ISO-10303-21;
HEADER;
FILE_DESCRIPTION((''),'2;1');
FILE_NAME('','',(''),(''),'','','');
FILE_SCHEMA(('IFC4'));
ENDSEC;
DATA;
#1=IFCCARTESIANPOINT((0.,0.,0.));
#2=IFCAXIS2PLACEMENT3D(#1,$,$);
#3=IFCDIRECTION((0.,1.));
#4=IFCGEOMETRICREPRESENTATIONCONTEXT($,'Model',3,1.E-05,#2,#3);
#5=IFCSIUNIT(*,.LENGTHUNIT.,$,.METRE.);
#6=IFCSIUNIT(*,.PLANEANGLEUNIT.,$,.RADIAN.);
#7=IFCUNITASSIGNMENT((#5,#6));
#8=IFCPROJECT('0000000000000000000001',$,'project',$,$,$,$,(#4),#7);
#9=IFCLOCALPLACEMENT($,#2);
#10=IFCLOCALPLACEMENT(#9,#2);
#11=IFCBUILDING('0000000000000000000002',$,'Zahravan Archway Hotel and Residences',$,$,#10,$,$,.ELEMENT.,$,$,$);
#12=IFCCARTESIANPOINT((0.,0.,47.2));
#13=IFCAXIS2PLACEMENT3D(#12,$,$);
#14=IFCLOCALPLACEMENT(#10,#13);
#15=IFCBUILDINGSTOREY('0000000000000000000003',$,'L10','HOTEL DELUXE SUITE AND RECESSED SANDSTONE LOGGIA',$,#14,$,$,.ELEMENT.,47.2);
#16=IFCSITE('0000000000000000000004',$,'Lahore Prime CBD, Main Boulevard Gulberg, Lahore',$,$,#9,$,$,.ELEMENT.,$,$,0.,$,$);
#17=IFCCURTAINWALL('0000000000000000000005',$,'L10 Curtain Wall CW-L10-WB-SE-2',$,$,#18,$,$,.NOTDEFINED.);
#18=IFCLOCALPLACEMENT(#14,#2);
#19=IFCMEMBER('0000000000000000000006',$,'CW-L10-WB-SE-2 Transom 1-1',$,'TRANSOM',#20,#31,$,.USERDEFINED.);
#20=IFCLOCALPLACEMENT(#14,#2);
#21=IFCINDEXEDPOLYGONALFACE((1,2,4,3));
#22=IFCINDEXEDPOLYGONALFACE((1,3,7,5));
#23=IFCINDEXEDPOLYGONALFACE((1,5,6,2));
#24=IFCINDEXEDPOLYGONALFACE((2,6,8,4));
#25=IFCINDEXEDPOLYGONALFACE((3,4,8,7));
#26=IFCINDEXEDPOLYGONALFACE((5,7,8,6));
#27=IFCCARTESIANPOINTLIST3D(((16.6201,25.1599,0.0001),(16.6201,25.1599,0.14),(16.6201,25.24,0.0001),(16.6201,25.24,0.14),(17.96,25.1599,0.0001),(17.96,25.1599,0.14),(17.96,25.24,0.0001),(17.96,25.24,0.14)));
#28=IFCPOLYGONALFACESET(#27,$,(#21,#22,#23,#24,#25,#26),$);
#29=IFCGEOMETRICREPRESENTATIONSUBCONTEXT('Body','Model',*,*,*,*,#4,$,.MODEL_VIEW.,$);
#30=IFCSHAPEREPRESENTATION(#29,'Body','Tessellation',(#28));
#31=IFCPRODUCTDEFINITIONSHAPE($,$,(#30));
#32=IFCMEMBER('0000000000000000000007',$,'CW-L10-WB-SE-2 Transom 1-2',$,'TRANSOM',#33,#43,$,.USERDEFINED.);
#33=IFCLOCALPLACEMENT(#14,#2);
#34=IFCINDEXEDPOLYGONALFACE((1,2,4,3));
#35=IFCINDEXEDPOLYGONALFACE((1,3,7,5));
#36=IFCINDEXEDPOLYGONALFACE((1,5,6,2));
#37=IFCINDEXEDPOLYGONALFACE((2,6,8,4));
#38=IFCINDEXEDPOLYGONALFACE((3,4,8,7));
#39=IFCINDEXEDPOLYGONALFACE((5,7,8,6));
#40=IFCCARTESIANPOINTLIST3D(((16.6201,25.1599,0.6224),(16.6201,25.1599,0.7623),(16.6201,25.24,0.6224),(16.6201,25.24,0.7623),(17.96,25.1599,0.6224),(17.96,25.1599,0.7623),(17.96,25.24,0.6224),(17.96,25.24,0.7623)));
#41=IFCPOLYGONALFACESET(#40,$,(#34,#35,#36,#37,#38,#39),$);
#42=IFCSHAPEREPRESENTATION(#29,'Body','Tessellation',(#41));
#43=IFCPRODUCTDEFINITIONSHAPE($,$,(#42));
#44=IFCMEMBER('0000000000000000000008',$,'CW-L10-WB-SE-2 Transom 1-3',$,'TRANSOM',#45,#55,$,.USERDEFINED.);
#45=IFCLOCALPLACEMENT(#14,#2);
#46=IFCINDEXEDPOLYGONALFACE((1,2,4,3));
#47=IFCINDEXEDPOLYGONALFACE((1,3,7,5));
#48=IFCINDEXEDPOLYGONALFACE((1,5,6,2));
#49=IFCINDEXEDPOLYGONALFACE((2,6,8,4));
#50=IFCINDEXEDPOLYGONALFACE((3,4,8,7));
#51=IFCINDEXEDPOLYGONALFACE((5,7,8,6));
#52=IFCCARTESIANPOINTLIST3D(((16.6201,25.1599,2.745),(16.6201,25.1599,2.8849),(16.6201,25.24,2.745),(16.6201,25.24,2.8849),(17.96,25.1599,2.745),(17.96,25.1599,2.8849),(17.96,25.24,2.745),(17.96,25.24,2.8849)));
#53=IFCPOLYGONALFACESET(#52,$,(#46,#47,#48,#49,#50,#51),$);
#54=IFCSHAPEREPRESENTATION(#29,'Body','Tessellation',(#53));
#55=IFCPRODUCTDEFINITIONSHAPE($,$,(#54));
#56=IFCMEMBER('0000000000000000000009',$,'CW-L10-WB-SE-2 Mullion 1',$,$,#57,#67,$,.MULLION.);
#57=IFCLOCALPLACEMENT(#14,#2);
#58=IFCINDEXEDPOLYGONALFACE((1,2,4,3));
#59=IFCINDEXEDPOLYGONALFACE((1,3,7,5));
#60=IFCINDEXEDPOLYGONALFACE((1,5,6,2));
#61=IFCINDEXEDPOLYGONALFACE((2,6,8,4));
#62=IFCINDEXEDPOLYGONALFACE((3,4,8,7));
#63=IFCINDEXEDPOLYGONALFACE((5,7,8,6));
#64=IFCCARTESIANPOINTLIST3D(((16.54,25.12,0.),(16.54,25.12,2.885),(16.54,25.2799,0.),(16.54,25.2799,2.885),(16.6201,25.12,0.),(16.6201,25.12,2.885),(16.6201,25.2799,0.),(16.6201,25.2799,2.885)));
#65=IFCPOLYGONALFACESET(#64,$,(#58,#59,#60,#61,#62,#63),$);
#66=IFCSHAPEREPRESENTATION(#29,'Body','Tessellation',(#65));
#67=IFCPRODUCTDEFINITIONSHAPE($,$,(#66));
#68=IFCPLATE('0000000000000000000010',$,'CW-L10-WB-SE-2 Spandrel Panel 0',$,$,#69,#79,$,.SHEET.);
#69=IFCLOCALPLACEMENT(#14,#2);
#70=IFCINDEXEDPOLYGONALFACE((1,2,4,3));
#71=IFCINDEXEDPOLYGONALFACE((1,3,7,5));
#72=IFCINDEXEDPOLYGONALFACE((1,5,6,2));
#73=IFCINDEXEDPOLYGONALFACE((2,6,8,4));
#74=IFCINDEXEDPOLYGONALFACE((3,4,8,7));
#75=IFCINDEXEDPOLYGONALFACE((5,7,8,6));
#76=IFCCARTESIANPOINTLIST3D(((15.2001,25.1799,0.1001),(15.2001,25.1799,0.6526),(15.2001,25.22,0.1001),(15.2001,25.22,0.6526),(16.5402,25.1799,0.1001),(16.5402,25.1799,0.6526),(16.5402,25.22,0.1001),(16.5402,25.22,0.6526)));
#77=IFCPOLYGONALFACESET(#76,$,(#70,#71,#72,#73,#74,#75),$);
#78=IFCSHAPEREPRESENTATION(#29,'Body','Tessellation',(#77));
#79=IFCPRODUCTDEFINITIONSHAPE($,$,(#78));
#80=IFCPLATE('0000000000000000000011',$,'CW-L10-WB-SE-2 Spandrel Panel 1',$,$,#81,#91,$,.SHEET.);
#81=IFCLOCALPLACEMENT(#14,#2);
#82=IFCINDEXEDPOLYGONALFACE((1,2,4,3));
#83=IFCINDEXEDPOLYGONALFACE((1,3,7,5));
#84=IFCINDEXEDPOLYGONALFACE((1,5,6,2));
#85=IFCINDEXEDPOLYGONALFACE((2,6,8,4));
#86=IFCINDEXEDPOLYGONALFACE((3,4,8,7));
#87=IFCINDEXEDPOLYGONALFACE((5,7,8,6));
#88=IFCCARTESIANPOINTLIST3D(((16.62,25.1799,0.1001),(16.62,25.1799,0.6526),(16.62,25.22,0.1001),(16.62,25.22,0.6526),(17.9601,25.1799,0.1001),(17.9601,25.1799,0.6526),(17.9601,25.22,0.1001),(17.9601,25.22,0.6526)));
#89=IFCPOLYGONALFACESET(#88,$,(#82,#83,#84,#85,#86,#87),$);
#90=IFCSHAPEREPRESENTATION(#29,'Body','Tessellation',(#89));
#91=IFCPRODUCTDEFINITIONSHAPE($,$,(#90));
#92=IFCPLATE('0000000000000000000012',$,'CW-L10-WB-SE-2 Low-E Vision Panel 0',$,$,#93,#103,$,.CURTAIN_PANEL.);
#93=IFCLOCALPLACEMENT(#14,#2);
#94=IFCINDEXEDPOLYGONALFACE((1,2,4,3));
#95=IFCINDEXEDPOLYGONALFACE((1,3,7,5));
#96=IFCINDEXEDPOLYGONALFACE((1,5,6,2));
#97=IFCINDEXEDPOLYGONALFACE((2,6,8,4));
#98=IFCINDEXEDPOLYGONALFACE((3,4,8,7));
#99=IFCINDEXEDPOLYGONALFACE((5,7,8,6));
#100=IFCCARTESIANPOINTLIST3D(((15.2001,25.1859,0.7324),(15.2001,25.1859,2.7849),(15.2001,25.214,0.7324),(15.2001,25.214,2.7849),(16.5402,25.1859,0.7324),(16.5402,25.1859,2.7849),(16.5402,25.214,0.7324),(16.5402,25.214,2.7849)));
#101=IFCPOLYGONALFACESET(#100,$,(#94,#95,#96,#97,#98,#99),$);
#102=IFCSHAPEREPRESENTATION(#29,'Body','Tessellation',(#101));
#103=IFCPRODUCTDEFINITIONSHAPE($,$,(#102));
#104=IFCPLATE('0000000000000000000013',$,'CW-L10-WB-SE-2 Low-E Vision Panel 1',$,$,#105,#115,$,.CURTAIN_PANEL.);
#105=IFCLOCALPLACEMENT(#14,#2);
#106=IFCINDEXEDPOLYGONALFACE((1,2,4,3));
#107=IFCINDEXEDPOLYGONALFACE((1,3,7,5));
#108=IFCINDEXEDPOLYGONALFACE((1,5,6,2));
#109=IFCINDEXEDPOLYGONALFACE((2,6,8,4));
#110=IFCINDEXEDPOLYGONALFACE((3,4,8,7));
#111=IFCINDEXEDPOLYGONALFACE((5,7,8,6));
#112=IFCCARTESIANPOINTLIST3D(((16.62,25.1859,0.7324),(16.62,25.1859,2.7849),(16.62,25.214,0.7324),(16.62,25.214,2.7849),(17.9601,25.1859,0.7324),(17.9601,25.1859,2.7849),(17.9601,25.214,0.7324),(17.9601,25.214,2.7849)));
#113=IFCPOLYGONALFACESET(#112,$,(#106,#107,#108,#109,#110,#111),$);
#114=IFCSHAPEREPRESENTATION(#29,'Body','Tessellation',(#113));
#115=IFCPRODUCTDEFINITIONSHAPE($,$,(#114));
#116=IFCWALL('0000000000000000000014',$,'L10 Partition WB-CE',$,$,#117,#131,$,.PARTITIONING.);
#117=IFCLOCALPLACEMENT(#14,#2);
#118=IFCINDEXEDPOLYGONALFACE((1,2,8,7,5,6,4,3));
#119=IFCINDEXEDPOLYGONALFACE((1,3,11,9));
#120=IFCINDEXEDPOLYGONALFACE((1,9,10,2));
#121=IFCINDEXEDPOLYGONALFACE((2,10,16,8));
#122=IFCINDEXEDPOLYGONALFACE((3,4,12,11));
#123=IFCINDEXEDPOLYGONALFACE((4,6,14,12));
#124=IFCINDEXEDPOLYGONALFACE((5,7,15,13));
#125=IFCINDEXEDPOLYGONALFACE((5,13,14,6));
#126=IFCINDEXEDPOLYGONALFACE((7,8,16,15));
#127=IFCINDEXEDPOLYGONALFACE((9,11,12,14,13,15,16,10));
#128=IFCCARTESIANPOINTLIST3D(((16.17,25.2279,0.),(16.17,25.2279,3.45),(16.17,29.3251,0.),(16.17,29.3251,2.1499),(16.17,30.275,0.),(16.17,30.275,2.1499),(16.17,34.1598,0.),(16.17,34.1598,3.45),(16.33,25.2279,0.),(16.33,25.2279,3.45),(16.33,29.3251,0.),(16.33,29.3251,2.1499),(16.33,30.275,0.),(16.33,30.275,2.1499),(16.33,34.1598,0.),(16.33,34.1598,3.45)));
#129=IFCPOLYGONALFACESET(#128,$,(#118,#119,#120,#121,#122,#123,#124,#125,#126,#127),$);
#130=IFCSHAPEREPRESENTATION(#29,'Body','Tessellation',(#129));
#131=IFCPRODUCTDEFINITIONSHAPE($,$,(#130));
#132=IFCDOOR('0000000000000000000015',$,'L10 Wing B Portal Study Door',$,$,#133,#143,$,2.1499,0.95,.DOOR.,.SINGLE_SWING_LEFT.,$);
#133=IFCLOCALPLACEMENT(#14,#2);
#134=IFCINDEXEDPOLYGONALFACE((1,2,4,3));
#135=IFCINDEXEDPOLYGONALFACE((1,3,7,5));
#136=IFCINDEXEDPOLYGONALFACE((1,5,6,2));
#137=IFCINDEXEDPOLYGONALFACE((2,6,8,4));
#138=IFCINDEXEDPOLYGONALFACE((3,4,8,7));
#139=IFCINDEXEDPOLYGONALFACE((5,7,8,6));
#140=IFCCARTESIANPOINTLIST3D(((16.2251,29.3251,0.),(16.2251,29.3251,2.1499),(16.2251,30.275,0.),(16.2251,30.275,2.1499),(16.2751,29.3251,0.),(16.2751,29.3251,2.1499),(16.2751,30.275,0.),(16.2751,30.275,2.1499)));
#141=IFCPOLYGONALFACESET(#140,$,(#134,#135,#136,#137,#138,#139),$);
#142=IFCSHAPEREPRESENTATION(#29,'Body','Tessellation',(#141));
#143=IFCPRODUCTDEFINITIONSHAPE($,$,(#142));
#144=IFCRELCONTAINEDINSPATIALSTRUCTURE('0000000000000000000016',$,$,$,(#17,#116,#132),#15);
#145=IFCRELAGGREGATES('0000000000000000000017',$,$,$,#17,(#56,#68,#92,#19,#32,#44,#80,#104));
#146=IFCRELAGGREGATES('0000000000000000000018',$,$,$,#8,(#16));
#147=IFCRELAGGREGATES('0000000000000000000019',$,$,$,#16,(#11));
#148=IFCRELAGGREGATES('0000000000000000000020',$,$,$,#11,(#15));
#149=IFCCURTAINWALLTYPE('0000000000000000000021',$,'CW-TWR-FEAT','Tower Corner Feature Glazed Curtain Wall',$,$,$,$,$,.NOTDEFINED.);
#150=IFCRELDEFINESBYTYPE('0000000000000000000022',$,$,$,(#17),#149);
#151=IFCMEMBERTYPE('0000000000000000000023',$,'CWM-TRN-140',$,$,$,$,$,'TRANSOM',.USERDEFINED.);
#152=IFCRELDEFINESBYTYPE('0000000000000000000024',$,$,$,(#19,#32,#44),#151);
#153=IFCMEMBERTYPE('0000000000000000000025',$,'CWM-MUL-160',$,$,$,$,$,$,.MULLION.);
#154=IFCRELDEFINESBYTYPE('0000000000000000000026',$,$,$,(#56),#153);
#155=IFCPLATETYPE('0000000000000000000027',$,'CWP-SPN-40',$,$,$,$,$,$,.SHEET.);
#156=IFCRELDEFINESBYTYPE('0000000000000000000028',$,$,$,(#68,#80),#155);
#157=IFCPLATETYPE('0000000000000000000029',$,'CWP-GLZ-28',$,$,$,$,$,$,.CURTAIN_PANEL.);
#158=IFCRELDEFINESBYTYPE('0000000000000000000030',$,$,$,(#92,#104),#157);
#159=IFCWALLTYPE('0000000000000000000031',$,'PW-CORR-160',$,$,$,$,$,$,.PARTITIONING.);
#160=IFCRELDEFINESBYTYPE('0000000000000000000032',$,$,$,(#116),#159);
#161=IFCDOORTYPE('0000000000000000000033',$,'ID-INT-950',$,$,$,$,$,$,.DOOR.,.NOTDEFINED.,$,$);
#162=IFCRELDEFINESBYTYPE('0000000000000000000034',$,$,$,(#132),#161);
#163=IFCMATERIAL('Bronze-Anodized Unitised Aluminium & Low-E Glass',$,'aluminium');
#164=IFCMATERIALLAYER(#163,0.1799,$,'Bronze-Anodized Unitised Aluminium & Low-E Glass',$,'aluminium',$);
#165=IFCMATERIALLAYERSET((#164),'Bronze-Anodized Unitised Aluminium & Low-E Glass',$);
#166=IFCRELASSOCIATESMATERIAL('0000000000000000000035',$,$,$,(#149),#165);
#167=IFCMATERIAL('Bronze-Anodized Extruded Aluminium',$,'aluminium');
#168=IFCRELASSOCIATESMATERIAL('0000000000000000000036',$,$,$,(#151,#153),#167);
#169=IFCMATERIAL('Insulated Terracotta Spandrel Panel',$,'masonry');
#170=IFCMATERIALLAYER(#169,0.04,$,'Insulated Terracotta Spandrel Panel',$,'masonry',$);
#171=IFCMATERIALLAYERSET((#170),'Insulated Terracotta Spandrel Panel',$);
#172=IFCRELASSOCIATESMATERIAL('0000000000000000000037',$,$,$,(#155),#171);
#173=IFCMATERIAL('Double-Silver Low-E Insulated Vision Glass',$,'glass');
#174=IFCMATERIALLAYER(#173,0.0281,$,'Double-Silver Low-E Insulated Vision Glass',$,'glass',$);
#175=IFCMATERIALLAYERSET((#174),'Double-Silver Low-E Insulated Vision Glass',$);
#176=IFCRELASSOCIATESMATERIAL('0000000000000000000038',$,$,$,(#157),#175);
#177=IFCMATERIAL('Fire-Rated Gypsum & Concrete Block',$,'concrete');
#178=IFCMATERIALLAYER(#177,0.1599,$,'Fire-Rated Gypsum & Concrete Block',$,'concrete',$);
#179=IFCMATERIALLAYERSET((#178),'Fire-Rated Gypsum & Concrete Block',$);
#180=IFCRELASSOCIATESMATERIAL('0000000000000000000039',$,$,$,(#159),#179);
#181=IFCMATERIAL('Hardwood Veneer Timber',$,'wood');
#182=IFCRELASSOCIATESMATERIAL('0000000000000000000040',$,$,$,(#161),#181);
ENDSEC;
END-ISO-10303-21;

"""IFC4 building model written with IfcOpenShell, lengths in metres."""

from ifc_helpers import new_model, si_unit, direction, frame, frame_2d, origin, origin_2d, place, context, subcontext, project, spatial, rectangle, extrude, source, transform, mapped, material, layer, layer_set, material_profile, profile_set, type_object, type_shapes, element, fill, aggregate, save


model = new_model("IFC4")

# Units and contexts
model_context = context("Model", 3, precision=1e-05, world=origin(), true_north=direction((0.0, 1.0)))
body_context = subcontext(model_context, "Body", "Model", "MODEL_VIEW")
ifc_project = project(units=[si_unit("LENGTHUNIT", "METRE"), si_unit("PLANEANGLEUNIT", "RADIAN")], contexts=[model_context])

# Site, building, storey
site_placement = place(None, origin())
site = spatial("IfcSite", under=ifc_project, at=site_placement, Name="Lahore Prime CBD, Main Boulevard Gulberg, Lahore", CompositionType="ELEMENT", RefElevation=0.0)
building_placement = place(site_placement, origin())
building = spatial("IfcBuilding", under=site, at=building_placement, Name="Zahravan Archway Hotel and Residences", CompositionType="ELEMENT")
storey_placement = place(building_placement, frame((0.0, 0.0, 47.2)))
storey = spatial("IfcBuildingStorey", under=building, at=storey_placement, Name="L10", Description="HOTEL DELUXE SUITE AND RECESSED SANDSTONE LOGGIA", CompositionType="ELEMENT", Elevation=47.2)

# Curtain wall, members, plates
ifc_material_1 = material(Name="Bronze-Anodized Unitised Aluminium & Low-E Glass", Category="aluminium")
ifc_layer_1 = layer(ifc_material_1, 0.1799, Name="Bronze-Anodized Unitised Aluminium & Low-E Glass", Category="aluminium")
ifc_layer_set_1 = layer_set([ifc_layer_1], Name="Bronze-Anodized Unitised Aluminium & Low-E Glass")
curtain_wall_type = type_object("IfcCurtainWallType", Name="CW-TWR-FEAT", Description="Tower Corner Feature Glazed Curtain Wall", PredefinedType="NOTDEFINED", material=ifc_layer_set_1)
curtain_wall_placement = place(storey_placement, origin())
curtain_wall = element("IfcCurtainWall", 1, at=curtain_wall_placement, inside=storey, type_object=curtain_wall_type, Name="L10 Curtain Wall CW-L10-WB-SE-2", PredefinedType="NOTDEFINED")
ifc_material_2 = material(Name="Bronze-Anodized Extruded Aluminium", Category="aluminium")
ifc_material_profile_1 = material_profile(ifc_material_2, rectangle(XDim=0.0801, YDim=0.1399, at=origin_2d()), Name="TRN 80x140", Category="aluminium")
ifc_profile_set_1 = profile_set([ifc_material_profile_1], Name="Bronze-Anodized Extruded Aluminium")
member_type_1 = type_object("IfcMemberType", Name="CWM-TRN-140", ElementType="TRANSOM", PredefinedType="USERDEFINED", material=ifc_profile_set_1)
shared_shape_1 = source(origin(), body_context, "Body", "SweptSolid", [
    extrude(rectangle(XDim=0.0801, YDim=0.1399, at=origin_2d()), origin(), (0.0, 0.0, 1.0), 1.3398),
])
member_1_placement = place(storey_placement, frame((16.6201, 25.2, 0.0701), z_axis=(1.0, 0.0, 0.0), x_axis=(0.0, 1.0, 0.0)))
member_1 = element("IfcMember", 2, at=member_1_placement, type_object=member_type_1, Name="CW-L10-WB-SE-2 Transom 1-1", ObjectType="TRANSOM", PredefinedType="USERDEFINED", context=body_context, shape_type="MappedRepresentation", body=[
    mapped(shared_shape_1, transform((0.0, 0.0, 0.0), scale=1.0)),
])
member_2_placement = place(storey_placement, frame((16.6201, 25.2, 0.6924), z_axis=(1.0, 0.0, 0.0), x_axis=(0.0, 1.0, 0.0)))
member_2 = element("IfcMember", 3, at=member_2_placement, type_object=member_type_1, Name="CW-L10-WB-SE-2 Transom 1-2", ObjectType="TRANSOM", PredefinedType="USERDEFINED", context=body_context, shape_type="MappedRepresentation", body=[
    mapped(shared_shape_1, transform((0.0, 0.0, 0.0), scale=1.0)),
])
member_3_placement = place(storey_placement, frame((16.6201, 25.2, 2.8149), z_axis=(1.0, 0.0, 0.0), x_axis=(0.0, 1.0, 0.0)))
member_3 = element("IfcMember", 4, at=member_3_placement, type_object=member_type_1, Name="CW-L10-WB-SE-2 Transom 1-3", ObjectType="TRANSOM", PredefinedType="USERDEFINED", context=body_context, shape_type="MappedRepresentation", body=[
    mapped(shared_shape_1, transform((0.0, 0.0, 0.0), scale=1.0)),
])
ifc_material_profile_2 = material_profile(ifc_material_2, rectangle(XDim=0.0801, YDim=0.1599, at=origin_2d()), Name="MUL 80x160", Category="aluminium")
ifc_profile_set_2 = profile_set([ifc_material_profile_2], Name="Bronze-Anodized Extruded Aluminium")
member_type_2 = type_object("IfcMemberType", Name="CWM-MUL-160", PredefinedType="MULLION", material=ifc_profile_set_2)
shared_shape_2 = source(origin(), body_context, "Body", "SweptSolid", [
    extrude(rectangle(XDim=0.0801, YDim=0.1599, at=origin_2d()), origin(), (0.0, 0.0, 1.0), 2.885),
])
member_4_placement = place(storey_placement, frame((16.5801, 25.2, 0.0), z_axis=(0.0, 0.0, 1.0), x_axis=(1.0, 0.0, 0.0)))
member_4 = element("IfcMember", 5, at=member_4_placement, type_object=member_type_2, Name="CW-L10-WB-SE-2 Mullion 1", PredefinedType="MULLION", context=body_context, shape_type="MappedRepresentation", body=[
    mapped(shared_shape_2, transform((0.0, 0.0, 0.0), scale=1.0)),
])
ifc_material_3 = material(Name="Insulated Terracotta Spandrel Panel", Category="masonry")
ifc_layer_2 = layer(ifc_material_3, 0.04, Name="Insulated Terracotta Spandrel Panel", Category="masonry")
ifc_layer_set_2 = layer_set([ifc_layer_2], Name="Insulated Terracotta Spandrel Panel")
plate_type_1 = type_object("IfcPlateType", Name="CWP-SPN-40", PredefinedType="SHEET", material=ifc_layer_set_2)
shared_shape_3 = source(origin(), body_context, "Body", "SweptSolid", [
    extrude(rectangle(XDim=1.3401, YDim=0.04, at=origin_2d()), origin(), (0.0, 0.0, 1.0), 0.5525),
])
plate_1_placement = place(storey_placement, frame((15.8701, 25.2, 0.1001), z_axis=(0.0, 0.0, 1.0), x_axis=(1.0, 0.0, 0.0)))
plate_1 = element("IfcPlate", 6, at=plate_1_placement, type_object=plate_type_1, Name="CW-L10-WB-SE-2 Spandrel Panel 0", PredefinedType="SHEET", context=body_context, shape_type="MappedRepresentation", body=[
    mapped(shared_shape_3, transform((0.0, 0.0, 0.0), scale=1.0)),
])
plate_2_placement = place(storey_placement, frame((17.29, 25.2, 0.1001), z_axis=(0.0, 0.0, 1.0), x_axis=(1.0, 0.0, 0.0)))
plate_2 = element("IfcPlate", 7, at=plate_2_placement, type_object=plate_type_1, Name="CW-L10-WB-SE-2 Spandrel Panel 1", PredefinedType="SHEET", context=body_context, shape_type="MappedRepresentation", body=[
    mapped(shared_shape_3, transform((0.0, 0.0, 0.0), scale=1.0)),
])
ifc_material_4 = material(Name="Double-Silver Low-E Insulated Vision Glass", Category="glass")
ifc_layer_3 = layer(ifc_material_4, 0.0281, Name="Double-Silver Low-E Insulated Vision Glass", Category="glass")
ifc_layer_set_3 = layer_set([ifc_layer_3], Name="Double-Silver Low-E Insulated Vision Glass")
plate_type_2 = type_object("IfcPlateType", Name="CWP-GLZ-28", PredefinedType="CURTAIN_PANEL", material=ifc_layer_set_3)
shared_shape_4 = source(origin(), body_context, "Body", "SweptSolid", [
    extrude(rectangle(XDim=1.3401, YDim=0.0281, at=origin_2d()), origin(), (0.0, 0.0, 1.0), 2.0525),
])
plate_3_placement = place(storey_placement, frame((15.8701, 25.2, 0.7324), z_axis=(0.0, 0.0, 1.0), x_axis=(1.0, 0.0, 0.0)))
plate_3 = element("IfcPlate", 8, at=plate_3_placement, type_object=plate_type_2, Name="CW-L10-WB-SE-2 Low-E Vision Panel 0", PredefinedType="CURTAIN_PANEL", context=body_context, shape_type="MappedRepresentation", body=[
    mapped(shared_shape_4, transform((0.0, 0.0, 0.0), scale=1.0)),
])
plate_4_placement = place(storey_placement, frame((17.29, 25.2, 0.7324), z_axis=(0.0, 0.0, 1.0), x_axis=(1.0, 0.0, 0.0)))
plate_4 = element("IfcPlate", 9, at=plate_4_placement, type_object=plate_type_2, Name="CW-L10-WB-SE-2 Low-E Vision Panel 1", PredefinedType="CURTAIN_PANEL", context=body_context, shape_type="MappedRepresentation", body=[
    mapped(shared_shape_4, transform((0.0, 0.0, 0.0), scale=1.0)),
])
aggregate(curtain_wall, [member_4, plate_1, plate_3, member_1, member_2, member_3, plate_2, plate_4])

# Wall, opening, door
ifc_material_5 = material(Name="Fire-Rated Gypsum & Concrete Block", Category="concrete")
ifc_layer_4 = layer(ifc_material_5, 0.1599, Name="Fire-Rated Gypsum & Concrete Block", Category="concrete")
ifc_layer_set_4 = layer_set([ifc_layer_4], Name="Fire-Rated Gypsum & Concrete Block")
wall_type = type_object("IfcWallType", Name="PW-CORR-160", PredefinedType="PARTITIONING", material=ifc_layer_set_4)
wall_placement = place(storey_placement, frame((16.25, 25.228, 0.0), z_axis=(0.0, 0.0, 1.0), x_axis=(0.0, 1.0, 0.0)))
wall = element("IfcWall", 10, at=wall_placement, inside=storey, type_object=wall_type, Name="L10 Partition WB-CE", PredefinedType="PARTITIONING", context=body_context, shape_type="SweptSolid", body=[
    extrude(rectangle(XDim=8.9319, YDim=0.1599, at=frame_2d((4.4658, 0.0))), origin(), (0.0, 0.0, 1.0), 3.45),
])
opening_placement = place(wall_placement, frame((4.0969, 0.0, 0.0)))
opening = element("IfcOpeningElement", 11, at=opening_placement, cuts=wall, PredefinedType="OPENING", context=body_context, shape_type="SweptSolid", body=[
    extrude(rectangle(XDim=0.95, YDim=2.1499, at=frame_2d((0.4751, 1.075))), frame((0.0, 0.0898, 0.0), z_axis=(0.0, -1.0, 0.0), x_axis=(1.0, 0.0, 0.0)), (0.0, 0.0, 1.0), 0.1799),
])
ifc_material_6 = material(Name="Hardwood Veneer Timber", Category="wood")
door_type = type_object("IfcDoorType", Name="ID-INT-950", OperationType="NOTDEFINED", PredefinedType="DOOR", material=ifc_material_6)
shared_shape_5 = source(origin(), body_context, "Body", "SweptSolid", [
    extrude(rectangle(XDim=0.95, YDim=2.1499, at=frame_2d((0.4751, 1.075))), frame((0.0, 0.0249, 0.0), z_axis=(0.0, -1.0, 0.0), x_axis=(1.0, 0.0, 0.0)), (0.0, 0.0, 1.0), 0.05),
])
type_shapes(door_type, [shared_shape_5])
door_placement = place(opening_placement, origin())
door = element("IfcDoor", 12, at=door_placement, inside=storey, type_object=door_type, Name="L10 Wing B Portal Study Door", OperationType="SINGLE_SWING_LEFT", OverallHeight=2.1499, OverallWidth=0.95, PredefinedType="DOOR", context=body_context, shape_type="MappedRepresentation", body=[
    mapped(shared_shape_5, transform((0.0, 0.0, 0.0), scale=1.0)),
])
fill(opening, door)

save(model, "model.ifc")
